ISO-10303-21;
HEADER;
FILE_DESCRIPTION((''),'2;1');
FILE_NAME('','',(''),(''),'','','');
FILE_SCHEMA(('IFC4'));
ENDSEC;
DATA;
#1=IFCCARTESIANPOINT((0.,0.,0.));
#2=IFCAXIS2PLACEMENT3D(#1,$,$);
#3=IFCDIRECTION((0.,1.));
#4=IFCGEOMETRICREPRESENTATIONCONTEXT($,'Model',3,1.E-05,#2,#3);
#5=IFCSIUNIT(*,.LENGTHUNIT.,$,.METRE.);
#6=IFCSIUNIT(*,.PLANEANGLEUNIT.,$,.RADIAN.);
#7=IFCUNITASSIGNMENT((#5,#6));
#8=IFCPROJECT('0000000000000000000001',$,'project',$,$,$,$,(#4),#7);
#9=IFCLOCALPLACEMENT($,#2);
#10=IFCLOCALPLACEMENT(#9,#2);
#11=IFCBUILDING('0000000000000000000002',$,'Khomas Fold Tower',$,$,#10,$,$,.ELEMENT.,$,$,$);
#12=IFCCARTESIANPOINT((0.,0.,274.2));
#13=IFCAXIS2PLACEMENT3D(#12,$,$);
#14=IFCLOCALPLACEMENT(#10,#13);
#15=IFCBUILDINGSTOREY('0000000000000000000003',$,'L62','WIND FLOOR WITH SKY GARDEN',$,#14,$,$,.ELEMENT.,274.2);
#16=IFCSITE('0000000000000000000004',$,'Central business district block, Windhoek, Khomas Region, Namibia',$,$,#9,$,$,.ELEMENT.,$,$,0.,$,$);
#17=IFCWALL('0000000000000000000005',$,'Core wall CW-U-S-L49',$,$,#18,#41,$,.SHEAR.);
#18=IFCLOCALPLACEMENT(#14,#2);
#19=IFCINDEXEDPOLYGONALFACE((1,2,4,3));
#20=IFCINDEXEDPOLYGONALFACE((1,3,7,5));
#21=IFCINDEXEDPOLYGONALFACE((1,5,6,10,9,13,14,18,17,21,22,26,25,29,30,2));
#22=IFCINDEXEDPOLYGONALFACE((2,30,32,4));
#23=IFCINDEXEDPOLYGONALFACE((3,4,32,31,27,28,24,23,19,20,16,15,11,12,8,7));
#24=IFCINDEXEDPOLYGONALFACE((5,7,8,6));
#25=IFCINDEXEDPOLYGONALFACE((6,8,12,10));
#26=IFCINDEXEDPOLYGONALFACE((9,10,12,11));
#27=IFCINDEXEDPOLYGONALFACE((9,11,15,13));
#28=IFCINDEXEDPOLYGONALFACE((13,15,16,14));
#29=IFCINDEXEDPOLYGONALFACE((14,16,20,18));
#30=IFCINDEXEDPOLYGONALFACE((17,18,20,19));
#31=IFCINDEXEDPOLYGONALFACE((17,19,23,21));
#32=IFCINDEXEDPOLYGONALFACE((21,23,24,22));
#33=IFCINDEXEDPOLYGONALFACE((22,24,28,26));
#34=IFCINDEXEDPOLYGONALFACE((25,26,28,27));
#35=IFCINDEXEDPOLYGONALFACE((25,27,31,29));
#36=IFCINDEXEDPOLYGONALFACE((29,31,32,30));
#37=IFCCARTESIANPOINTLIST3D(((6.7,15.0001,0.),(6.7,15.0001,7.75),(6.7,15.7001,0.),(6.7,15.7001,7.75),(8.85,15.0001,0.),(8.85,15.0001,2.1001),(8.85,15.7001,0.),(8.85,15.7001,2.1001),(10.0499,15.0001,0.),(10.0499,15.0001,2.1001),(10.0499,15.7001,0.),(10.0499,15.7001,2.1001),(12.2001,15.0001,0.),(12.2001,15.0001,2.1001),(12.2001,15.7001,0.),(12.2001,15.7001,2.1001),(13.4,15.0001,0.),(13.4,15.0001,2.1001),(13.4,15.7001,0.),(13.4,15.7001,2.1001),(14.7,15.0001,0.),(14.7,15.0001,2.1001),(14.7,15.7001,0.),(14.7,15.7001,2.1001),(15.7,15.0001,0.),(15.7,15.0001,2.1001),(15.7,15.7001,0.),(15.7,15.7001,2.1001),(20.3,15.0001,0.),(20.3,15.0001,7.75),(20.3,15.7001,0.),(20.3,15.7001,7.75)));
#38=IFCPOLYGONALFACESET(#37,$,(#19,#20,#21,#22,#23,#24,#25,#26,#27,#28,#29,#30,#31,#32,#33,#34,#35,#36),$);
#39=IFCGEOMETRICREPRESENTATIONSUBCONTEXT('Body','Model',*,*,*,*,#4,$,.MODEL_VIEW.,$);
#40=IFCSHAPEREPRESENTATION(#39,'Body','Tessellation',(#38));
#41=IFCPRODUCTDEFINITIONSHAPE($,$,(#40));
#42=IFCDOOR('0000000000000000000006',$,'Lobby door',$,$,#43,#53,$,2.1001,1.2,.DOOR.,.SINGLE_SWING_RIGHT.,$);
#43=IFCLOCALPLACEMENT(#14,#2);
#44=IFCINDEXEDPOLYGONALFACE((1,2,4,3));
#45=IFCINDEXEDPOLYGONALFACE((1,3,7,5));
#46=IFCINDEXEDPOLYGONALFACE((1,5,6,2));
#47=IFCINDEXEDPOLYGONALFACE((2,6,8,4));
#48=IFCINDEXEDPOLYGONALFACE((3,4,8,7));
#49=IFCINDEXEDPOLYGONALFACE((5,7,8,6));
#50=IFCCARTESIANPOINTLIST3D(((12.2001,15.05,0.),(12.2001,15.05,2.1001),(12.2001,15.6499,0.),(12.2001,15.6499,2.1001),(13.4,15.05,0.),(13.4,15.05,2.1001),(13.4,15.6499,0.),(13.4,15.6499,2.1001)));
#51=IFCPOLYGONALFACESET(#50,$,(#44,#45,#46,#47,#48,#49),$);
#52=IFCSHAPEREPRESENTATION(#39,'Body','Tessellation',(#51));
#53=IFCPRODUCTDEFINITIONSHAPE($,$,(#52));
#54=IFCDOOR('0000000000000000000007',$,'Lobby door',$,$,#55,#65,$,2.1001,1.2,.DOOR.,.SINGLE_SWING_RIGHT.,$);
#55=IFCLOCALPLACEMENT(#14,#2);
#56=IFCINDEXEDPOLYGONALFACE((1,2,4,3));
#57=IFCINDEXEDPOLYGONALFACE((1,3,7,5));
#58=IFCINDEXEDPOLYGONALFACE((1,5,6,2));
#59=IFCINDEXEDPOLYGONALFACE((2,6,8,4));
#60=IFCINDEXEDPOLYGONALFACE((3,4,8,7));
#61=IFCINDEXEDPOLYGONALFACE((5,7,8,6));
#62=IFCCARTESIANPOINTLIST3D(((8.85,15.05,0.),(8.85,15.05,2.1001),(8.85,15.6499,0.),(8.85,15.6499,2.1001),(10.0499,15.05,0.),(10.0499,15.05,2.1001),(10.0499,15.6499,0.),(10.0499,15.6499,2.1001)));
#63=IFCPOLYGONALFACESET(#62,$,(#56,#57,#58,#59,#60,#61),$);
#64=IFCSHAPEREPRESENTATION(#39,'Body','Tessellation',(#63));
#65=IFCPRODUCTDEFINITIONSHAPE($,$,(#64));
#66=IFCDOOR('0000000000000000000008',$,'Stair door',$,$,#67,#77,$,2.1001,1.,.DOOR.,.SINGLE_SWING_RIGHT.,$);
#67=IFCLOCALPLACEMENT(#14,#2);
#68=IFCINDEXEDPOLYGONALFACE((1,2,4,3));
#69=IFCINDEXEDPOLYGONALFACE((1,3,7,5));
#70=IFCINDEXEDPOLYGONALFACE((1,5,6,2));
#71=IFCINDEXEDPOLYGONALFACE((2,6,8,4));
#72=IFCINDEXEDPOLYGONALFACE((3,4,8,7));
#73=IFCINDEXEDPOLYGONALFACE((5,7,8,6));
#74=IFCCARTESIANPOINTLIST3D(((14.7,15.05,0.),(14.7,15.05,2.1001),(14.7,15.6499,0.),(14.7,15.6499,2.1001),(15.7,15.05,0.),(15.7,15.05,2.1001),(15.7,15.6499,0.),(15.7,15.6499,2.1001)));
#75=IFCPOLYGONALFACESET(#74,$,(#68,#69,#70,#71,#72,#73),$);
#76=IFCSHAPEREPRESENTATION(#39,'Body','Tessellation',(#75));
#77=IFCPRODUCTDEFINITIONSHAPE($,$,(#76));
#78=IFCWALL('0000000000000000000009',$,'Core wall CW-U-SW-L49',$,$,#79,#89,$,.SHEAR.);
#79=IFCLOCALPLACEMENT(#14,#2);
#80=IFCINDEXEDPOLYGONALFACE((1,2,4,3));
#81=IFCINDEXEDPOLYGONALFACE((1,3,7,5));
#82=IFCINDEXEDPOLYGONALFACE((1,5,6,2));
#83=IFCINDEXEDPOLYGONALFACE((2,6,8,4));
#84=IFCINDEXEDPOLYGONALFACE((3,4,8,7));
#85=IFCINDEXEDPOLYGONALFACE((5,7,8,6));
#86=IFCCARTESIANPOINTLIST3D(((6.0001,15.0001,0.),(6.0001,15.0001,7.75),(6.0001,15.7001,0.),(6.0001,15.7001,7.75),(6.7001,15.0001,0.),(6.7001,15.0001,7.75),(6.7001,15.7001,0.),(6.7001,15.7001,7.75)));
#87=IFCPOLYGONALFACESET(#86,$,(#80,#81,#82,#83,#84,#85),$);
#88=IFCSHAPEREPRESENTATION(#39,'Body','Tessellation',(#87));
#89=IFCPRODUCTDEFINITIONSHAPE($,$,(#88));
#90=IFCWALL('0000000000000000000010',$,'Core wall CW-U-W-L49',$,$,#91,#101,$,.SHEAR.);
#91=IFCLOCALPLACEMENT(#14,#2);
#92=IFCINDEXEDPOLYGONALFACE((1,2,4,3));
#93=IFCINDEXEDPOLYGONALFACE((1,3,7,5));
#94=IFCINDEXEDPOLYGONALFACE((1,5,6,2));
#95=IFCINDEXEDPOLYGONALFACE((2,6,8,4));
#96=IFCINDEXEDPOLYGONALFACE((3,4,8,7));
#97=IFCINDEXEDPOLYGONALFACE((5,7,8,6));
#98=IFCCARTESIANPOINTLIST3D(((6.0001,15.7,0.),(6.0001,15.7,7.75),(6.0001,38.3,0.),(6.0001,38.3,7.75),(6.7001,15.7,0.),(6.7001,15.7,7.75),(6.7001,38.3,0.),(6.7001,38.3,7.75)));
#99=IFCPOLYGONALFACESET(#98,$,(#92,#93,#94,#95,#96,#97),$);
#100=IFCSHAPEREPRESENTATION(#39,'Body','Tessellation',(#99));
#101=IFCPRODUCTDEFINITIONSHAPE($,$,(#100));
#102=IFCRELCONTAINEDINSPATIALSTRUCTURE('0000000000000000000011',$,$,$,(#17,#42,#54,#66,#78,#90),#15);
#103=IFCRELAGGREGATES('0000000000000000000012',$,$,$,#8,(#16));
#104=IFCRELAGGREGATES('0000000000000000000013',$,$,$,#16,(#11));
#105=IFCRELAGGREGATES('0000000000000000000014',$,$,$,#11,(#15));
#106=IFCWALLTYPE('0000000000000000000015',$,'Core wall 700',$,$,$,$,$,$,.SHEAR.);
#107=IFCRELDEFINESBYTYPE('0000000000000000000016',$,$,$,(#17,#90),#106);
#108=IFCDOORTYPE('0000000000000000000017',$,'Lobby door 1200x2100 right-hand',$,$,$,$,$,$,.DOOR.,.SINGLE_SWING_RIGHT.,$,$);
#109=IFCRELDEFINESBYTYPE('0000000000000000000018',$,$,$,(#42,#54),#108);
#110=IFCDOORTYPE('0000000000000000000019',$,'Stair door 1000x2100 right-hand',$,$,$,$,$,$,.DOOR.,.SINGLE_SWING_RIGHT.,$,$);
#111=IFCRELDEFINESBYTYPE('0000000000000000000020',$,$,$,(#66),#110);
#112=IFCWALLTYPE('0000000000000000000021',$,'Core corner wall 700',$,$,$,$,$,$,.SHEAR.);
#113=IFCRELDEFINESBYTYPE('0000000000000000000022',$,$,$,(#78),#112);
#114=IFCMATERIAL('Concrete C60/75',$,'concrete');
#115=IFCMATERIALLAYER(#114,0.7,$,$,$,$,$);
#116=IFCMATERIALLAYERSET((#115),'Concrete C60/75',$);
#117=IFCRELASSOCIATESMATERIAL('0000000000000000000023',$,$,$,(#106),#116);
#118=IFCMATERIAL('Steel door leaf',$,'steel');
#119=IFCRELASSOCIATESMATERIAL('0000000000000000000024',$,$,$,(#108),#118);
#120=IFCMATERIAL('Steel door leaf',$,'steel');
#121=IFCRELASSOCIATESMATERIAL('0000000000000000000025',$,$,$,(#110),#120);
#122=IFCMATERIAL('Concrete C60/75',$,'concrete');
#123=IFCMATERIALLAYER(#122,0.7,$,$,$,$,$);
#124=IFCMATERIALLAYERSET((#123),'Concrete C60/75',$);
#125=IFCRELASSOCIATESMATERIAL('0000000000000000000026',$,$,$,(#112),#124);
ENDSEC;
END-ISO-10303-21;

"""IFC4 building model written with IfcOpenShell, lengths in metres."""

from ifc_helpers import new_model, si_unit, direction, frame, frame_2d, origin, place, context, subcontext, project, spatial, rectangle, extrude, source, transform, mapped, material, layer, layer_set, type_object, element, fill, save


model = new_model("IFC4")

# Units and contexts
model_context = context("Model", 3, precision=1e-05, world=origin(), true_north=direction((0.0, 1.0)))
body_context = subcontext(model_context, "Body", "Model", "MODEL_VIEW")
ifc_project = project(units=[si_unit("LENGTHUNIT", "METRE"), si_unit("PLANEANGLEUNIT", "RADIAN")], contexts=[model_context])

# Site, building, storey
site_placement = place(None, origin())
site = spatial("IfcSite", under=ifc_project, at=site_placement, Name="Central business district block, Windhoek, Khomas Region, Namibia", CompositionType="ELEMENT", RefElevation=0.0)
building_placement = place(site_placement, origin())
building = spatial("IfcBuilding", under=site, at=building_placement, Name="Khomas Fold Tower", CompositionType="ELEMENT")
storey_placement = place(building_placement, frame((0.0, 0.0, 274.2)))
storey = spatial("IfcBuildingStorey", under=building, at=storey_placement, Name="L62", Description="WIND FLOOR WITH SKY GARDEN", CompositionType="ELEMENT", Elevation=274.2)

# Wall, openings, doors
ifc_material_1 = material(Name="Concrete C60/75", Category="concrete")
ifc_layer_1 = layer(ifc_material_1, 0.7)
ifc_layer_set_1 = layer_set([ifc_layer_1], Name="Concrete C60/75")
wall_type_1 = type_object("IfcWallType", Name="Core wall 700", PredefinedType="SHEAR", material=ifc_layer_set_1)
shared_shape_1 = source(origin(), body_context, "Body", "SweptSolid", [
    extrude(rectangle(XDim=13.6001, YDim=0.7, at=frame_2d((6.8, 0.0))), origin(), (0.0, 0.0, 1.0), 7.75),
])
wall_1_placement = place(storey_placement, frame((6.7, 15.3501, 0.0), z_axis=(0.0, 0.0, 1.0), x_axis=(1.0, 0.0, 0.0)))
wall_1 = element("IfcWall", 1, at=wall_1_placement, inside=storey, type_object=wall_type_1, Name="Core wall CW-U-S-L49", PredefinedType="SHEAR", context=body_context, shape_type="MappedRepresentation", body=[
    mapped(shared_shape_1, transform((0.0, 0.0, 0.0))),
])
shared_shape_2 = source(origin(), body_context, "Body", "SweptSolid", [
    extrude(rectangle(XDim=1.2, YDim=2.1001, at=frame_2d((0.6001, 1.05))), frame((0.0, 0.3599, 0.0), z_axis=(0.0, -1.0, 0.0), x_axis=(1.0, 0.0, 0.0)), (0.0, 0.0, 1.0), 0.72),
])
opening_1_placement = place(wall_1_placement, frame((5.5, 0.0, 0.0)))
opening_1 = element("IfcOpeningElement", 2, at=opening_1_placement, cuts=wall_1, PredefinedType="OPENING", context=body_context, shape_type="MappedRepresentation", body=[
    mapped(shared_shape_2, transform((0.0, 0.0, 0.0))),
])
opening_2_placement = place(wall_1_placement, frame((2.1499, 0.0, 0.0)))
opening_2 = element("IfcOpeningElement", 3, at=opening_2_placement, cuts=wall_1, PredefinedType="OPENING", context=body_context, shape_type="MappedRepresentation", body=[
    mapped(shared_shape_2, transform((0.0, 0.0, 0.0))),
])
shared_shape_3 = source(origin(), body_context, "Body", "SweptSolid", [
    extrude(rectangle(XDim=1.0, YDim=2.1001, at=frame_2d((0.5, 1.05))), frame((0.0, 0.3599, 0.0), z_axis=(0.0, -1.0, 0.0), x_axis=(1.0, 0.0, 0.0)), (0.0, 0.0, 1.0), 0.72),
])
opening_3_placement = place(wall_1_placement, frame((8.0, 0.0, 0.0)))
opening_3 = element("IfcOpeningElement", 4, at=opening_3_placement, cuts=wall_1, PredefinedType="OPENING", context=body_context, shape_type="MappedRepresentation", body=[
    mapped(shared_shape_3, transform((0.0, 0.0, 0.0))),
])
ifc_material_2 = material(Name="Steel door leaf", Category="steel")
door_type_1 = type_object("IfcDoorType", Name="Lobby door 1200x2100 right-hand", OperationType="SINGLE_SWING_RIGHT", PredefinedType="DOOR", material=ifc_material_2)
shared_shape_4 = source(origin(), body_context, "Body", "SweptSolid", [
    extrude(rectangle(XDim=1.2, YDim=2.1001, at=frame_2d((0.6001, 1.05))), frame((0.0, 0.2998, 0.0), z_axis=(0.0, -1.0, 0.0), x_axis=(1.0, 0.0, 0.0)), (0.0, 0.0, 1.0), 0.5999),
])
door_1_placement = place(opening_1_placement, origin())
door_1 = element("IfcDoor", 5, at=door_1_placement, inside=storey, type_object=door_type_1, Name="Lobby door", OperationType="SINGLE_SWING_RIGHT", OverallHeight=2.1001, OverallWidth=1.2, PredefinedType="DOOR", context=body_context, shape_type="MappedRepresentation", body=[
    mapped(shared_shape_4, transform((0.0, 0.0, 0.0))),
])
fill(opening_1, door_1)
door_2_placement = place(opening_2_placement, origin())
door_2 = element("IfcDoor", 6, at=door_2_placement, inside=storey, type_object=door_type_1, Name="Lobby door", OperationType="SINGLE_SWING_RIGHT", OverallHeight=2.1001, OverallWidth=1.2, PredefinedType="DOOR", context=body_context, shape_type="MappedRepresentation", body=[
    mapped(shared_shape_4, transform((0.0, 0.0, 0.0))),
])
fill(opening_2, door_2)
ifc_material_3 = material(Name="Steel door leaf", Category="steel")
door_type_2 = type_object("IfcDoorType", Name="Stair door 1000x2100 right-hand", OperationType="SINGLE_SWING_RIGHT", PredefinedType="DOOR", material=ifc_material_3)
shared_shape_5 = source(origin(), body_context, "Body", "SweptSolid", [
    extrude(rectangle(XDim=1.0, YDim=2.1001, at=frame_2d((0.5, 1.05))), frame((0.0, 0.2998, 0.0), z_axis=(0.0, -1.0, 0.0), x_axis=(1.0, 0.0, 0.0)), (0.0, 0.0, 1.0), 0.5999),
])
door_3_placement = place(opening_3_placement, origin())
door_3 = element("IfcDoor", 7, at=door_3_placement, inside=storey, type_object=door_type_2, Name="Stair door", OperationType="SINGLE_SWING_RIGHT", OverallHeight=2.1001, OverallWidth=1.0, PredefinedType="DOOR", context=body_context, shape_type="MappedRepresentation", body=[
    mapped(shared_shape_5, transform((0.0, 0.0, 0.0))),
])
fill(opening_3, door_3)

# Walls
ifc_material_4 = material(Name="Concrete C60/75", Category="concrete")
ifc_layer_2 = layer(ifc_material_4, 0.7)
ifc_layer_set_2 = layer_set([ifc_layer_2], Name="Concrete C60/75")
wall_type_2 = type_object("IfcWallType", Name="Core corner wall 700", PredefinedType="SHEAR", material=ifc_layer_set_2)
shared_shape_6 = source(origin(), body_context, "Body", "SweptSolid", [
    extrude(rectangle(XDim=0.7, YDim=0.7, at=frame_2d((0.3501, 0.0))), origin(), (0.0, 0.0, 1.0), 7.75),
])
wall_2_placement = place(storey_placement, frame((6.0, 15.3501, 0.0), z_axis=(0.0, 0.0, 1.0), x_axis=(1.0, 0.0, 0.0)))
element("IfcWall", 8, at=wall_2_placement, inside=storey, type_object=wall_type_2, Name="Core wall CW-U-SW-L49", PredefinedType="SHEAR", context=body_context, shape_type="MappedRepresentation", body=[
    mapped(shared_shape_6, transform((0.0, 0.0, 0.0))),
])
shared_shape_7 = source(origin(), body_context, "Body", "SweptSolid", [
    extrude(rectangle(XDim=22.6001, YDim=0.7, at=frame_2d((11.3, 0.0))), origin(), (0.0, 0.0, 1.0), 7.75),
])
wall_3_placement = place(storey_placement, frame((6.3501, 15.7, 0.0), z_axis=(0.0, 0.0, 1.0), x_axis=(0.0, 1.0, 0.0)))
element("IfcWall", 9, at=wall_3_placement, inside=storey, type_object=wall_type_1, Name="Core wall CW-U-W-L49", PredefinedType="SHEAR", context=body_context, shape_type="MappedRepresentation", body=[
    mapped(shared_shape_7, transform((0.0, 0.0, 0.0))),
])

save(model, "model.ifc")
